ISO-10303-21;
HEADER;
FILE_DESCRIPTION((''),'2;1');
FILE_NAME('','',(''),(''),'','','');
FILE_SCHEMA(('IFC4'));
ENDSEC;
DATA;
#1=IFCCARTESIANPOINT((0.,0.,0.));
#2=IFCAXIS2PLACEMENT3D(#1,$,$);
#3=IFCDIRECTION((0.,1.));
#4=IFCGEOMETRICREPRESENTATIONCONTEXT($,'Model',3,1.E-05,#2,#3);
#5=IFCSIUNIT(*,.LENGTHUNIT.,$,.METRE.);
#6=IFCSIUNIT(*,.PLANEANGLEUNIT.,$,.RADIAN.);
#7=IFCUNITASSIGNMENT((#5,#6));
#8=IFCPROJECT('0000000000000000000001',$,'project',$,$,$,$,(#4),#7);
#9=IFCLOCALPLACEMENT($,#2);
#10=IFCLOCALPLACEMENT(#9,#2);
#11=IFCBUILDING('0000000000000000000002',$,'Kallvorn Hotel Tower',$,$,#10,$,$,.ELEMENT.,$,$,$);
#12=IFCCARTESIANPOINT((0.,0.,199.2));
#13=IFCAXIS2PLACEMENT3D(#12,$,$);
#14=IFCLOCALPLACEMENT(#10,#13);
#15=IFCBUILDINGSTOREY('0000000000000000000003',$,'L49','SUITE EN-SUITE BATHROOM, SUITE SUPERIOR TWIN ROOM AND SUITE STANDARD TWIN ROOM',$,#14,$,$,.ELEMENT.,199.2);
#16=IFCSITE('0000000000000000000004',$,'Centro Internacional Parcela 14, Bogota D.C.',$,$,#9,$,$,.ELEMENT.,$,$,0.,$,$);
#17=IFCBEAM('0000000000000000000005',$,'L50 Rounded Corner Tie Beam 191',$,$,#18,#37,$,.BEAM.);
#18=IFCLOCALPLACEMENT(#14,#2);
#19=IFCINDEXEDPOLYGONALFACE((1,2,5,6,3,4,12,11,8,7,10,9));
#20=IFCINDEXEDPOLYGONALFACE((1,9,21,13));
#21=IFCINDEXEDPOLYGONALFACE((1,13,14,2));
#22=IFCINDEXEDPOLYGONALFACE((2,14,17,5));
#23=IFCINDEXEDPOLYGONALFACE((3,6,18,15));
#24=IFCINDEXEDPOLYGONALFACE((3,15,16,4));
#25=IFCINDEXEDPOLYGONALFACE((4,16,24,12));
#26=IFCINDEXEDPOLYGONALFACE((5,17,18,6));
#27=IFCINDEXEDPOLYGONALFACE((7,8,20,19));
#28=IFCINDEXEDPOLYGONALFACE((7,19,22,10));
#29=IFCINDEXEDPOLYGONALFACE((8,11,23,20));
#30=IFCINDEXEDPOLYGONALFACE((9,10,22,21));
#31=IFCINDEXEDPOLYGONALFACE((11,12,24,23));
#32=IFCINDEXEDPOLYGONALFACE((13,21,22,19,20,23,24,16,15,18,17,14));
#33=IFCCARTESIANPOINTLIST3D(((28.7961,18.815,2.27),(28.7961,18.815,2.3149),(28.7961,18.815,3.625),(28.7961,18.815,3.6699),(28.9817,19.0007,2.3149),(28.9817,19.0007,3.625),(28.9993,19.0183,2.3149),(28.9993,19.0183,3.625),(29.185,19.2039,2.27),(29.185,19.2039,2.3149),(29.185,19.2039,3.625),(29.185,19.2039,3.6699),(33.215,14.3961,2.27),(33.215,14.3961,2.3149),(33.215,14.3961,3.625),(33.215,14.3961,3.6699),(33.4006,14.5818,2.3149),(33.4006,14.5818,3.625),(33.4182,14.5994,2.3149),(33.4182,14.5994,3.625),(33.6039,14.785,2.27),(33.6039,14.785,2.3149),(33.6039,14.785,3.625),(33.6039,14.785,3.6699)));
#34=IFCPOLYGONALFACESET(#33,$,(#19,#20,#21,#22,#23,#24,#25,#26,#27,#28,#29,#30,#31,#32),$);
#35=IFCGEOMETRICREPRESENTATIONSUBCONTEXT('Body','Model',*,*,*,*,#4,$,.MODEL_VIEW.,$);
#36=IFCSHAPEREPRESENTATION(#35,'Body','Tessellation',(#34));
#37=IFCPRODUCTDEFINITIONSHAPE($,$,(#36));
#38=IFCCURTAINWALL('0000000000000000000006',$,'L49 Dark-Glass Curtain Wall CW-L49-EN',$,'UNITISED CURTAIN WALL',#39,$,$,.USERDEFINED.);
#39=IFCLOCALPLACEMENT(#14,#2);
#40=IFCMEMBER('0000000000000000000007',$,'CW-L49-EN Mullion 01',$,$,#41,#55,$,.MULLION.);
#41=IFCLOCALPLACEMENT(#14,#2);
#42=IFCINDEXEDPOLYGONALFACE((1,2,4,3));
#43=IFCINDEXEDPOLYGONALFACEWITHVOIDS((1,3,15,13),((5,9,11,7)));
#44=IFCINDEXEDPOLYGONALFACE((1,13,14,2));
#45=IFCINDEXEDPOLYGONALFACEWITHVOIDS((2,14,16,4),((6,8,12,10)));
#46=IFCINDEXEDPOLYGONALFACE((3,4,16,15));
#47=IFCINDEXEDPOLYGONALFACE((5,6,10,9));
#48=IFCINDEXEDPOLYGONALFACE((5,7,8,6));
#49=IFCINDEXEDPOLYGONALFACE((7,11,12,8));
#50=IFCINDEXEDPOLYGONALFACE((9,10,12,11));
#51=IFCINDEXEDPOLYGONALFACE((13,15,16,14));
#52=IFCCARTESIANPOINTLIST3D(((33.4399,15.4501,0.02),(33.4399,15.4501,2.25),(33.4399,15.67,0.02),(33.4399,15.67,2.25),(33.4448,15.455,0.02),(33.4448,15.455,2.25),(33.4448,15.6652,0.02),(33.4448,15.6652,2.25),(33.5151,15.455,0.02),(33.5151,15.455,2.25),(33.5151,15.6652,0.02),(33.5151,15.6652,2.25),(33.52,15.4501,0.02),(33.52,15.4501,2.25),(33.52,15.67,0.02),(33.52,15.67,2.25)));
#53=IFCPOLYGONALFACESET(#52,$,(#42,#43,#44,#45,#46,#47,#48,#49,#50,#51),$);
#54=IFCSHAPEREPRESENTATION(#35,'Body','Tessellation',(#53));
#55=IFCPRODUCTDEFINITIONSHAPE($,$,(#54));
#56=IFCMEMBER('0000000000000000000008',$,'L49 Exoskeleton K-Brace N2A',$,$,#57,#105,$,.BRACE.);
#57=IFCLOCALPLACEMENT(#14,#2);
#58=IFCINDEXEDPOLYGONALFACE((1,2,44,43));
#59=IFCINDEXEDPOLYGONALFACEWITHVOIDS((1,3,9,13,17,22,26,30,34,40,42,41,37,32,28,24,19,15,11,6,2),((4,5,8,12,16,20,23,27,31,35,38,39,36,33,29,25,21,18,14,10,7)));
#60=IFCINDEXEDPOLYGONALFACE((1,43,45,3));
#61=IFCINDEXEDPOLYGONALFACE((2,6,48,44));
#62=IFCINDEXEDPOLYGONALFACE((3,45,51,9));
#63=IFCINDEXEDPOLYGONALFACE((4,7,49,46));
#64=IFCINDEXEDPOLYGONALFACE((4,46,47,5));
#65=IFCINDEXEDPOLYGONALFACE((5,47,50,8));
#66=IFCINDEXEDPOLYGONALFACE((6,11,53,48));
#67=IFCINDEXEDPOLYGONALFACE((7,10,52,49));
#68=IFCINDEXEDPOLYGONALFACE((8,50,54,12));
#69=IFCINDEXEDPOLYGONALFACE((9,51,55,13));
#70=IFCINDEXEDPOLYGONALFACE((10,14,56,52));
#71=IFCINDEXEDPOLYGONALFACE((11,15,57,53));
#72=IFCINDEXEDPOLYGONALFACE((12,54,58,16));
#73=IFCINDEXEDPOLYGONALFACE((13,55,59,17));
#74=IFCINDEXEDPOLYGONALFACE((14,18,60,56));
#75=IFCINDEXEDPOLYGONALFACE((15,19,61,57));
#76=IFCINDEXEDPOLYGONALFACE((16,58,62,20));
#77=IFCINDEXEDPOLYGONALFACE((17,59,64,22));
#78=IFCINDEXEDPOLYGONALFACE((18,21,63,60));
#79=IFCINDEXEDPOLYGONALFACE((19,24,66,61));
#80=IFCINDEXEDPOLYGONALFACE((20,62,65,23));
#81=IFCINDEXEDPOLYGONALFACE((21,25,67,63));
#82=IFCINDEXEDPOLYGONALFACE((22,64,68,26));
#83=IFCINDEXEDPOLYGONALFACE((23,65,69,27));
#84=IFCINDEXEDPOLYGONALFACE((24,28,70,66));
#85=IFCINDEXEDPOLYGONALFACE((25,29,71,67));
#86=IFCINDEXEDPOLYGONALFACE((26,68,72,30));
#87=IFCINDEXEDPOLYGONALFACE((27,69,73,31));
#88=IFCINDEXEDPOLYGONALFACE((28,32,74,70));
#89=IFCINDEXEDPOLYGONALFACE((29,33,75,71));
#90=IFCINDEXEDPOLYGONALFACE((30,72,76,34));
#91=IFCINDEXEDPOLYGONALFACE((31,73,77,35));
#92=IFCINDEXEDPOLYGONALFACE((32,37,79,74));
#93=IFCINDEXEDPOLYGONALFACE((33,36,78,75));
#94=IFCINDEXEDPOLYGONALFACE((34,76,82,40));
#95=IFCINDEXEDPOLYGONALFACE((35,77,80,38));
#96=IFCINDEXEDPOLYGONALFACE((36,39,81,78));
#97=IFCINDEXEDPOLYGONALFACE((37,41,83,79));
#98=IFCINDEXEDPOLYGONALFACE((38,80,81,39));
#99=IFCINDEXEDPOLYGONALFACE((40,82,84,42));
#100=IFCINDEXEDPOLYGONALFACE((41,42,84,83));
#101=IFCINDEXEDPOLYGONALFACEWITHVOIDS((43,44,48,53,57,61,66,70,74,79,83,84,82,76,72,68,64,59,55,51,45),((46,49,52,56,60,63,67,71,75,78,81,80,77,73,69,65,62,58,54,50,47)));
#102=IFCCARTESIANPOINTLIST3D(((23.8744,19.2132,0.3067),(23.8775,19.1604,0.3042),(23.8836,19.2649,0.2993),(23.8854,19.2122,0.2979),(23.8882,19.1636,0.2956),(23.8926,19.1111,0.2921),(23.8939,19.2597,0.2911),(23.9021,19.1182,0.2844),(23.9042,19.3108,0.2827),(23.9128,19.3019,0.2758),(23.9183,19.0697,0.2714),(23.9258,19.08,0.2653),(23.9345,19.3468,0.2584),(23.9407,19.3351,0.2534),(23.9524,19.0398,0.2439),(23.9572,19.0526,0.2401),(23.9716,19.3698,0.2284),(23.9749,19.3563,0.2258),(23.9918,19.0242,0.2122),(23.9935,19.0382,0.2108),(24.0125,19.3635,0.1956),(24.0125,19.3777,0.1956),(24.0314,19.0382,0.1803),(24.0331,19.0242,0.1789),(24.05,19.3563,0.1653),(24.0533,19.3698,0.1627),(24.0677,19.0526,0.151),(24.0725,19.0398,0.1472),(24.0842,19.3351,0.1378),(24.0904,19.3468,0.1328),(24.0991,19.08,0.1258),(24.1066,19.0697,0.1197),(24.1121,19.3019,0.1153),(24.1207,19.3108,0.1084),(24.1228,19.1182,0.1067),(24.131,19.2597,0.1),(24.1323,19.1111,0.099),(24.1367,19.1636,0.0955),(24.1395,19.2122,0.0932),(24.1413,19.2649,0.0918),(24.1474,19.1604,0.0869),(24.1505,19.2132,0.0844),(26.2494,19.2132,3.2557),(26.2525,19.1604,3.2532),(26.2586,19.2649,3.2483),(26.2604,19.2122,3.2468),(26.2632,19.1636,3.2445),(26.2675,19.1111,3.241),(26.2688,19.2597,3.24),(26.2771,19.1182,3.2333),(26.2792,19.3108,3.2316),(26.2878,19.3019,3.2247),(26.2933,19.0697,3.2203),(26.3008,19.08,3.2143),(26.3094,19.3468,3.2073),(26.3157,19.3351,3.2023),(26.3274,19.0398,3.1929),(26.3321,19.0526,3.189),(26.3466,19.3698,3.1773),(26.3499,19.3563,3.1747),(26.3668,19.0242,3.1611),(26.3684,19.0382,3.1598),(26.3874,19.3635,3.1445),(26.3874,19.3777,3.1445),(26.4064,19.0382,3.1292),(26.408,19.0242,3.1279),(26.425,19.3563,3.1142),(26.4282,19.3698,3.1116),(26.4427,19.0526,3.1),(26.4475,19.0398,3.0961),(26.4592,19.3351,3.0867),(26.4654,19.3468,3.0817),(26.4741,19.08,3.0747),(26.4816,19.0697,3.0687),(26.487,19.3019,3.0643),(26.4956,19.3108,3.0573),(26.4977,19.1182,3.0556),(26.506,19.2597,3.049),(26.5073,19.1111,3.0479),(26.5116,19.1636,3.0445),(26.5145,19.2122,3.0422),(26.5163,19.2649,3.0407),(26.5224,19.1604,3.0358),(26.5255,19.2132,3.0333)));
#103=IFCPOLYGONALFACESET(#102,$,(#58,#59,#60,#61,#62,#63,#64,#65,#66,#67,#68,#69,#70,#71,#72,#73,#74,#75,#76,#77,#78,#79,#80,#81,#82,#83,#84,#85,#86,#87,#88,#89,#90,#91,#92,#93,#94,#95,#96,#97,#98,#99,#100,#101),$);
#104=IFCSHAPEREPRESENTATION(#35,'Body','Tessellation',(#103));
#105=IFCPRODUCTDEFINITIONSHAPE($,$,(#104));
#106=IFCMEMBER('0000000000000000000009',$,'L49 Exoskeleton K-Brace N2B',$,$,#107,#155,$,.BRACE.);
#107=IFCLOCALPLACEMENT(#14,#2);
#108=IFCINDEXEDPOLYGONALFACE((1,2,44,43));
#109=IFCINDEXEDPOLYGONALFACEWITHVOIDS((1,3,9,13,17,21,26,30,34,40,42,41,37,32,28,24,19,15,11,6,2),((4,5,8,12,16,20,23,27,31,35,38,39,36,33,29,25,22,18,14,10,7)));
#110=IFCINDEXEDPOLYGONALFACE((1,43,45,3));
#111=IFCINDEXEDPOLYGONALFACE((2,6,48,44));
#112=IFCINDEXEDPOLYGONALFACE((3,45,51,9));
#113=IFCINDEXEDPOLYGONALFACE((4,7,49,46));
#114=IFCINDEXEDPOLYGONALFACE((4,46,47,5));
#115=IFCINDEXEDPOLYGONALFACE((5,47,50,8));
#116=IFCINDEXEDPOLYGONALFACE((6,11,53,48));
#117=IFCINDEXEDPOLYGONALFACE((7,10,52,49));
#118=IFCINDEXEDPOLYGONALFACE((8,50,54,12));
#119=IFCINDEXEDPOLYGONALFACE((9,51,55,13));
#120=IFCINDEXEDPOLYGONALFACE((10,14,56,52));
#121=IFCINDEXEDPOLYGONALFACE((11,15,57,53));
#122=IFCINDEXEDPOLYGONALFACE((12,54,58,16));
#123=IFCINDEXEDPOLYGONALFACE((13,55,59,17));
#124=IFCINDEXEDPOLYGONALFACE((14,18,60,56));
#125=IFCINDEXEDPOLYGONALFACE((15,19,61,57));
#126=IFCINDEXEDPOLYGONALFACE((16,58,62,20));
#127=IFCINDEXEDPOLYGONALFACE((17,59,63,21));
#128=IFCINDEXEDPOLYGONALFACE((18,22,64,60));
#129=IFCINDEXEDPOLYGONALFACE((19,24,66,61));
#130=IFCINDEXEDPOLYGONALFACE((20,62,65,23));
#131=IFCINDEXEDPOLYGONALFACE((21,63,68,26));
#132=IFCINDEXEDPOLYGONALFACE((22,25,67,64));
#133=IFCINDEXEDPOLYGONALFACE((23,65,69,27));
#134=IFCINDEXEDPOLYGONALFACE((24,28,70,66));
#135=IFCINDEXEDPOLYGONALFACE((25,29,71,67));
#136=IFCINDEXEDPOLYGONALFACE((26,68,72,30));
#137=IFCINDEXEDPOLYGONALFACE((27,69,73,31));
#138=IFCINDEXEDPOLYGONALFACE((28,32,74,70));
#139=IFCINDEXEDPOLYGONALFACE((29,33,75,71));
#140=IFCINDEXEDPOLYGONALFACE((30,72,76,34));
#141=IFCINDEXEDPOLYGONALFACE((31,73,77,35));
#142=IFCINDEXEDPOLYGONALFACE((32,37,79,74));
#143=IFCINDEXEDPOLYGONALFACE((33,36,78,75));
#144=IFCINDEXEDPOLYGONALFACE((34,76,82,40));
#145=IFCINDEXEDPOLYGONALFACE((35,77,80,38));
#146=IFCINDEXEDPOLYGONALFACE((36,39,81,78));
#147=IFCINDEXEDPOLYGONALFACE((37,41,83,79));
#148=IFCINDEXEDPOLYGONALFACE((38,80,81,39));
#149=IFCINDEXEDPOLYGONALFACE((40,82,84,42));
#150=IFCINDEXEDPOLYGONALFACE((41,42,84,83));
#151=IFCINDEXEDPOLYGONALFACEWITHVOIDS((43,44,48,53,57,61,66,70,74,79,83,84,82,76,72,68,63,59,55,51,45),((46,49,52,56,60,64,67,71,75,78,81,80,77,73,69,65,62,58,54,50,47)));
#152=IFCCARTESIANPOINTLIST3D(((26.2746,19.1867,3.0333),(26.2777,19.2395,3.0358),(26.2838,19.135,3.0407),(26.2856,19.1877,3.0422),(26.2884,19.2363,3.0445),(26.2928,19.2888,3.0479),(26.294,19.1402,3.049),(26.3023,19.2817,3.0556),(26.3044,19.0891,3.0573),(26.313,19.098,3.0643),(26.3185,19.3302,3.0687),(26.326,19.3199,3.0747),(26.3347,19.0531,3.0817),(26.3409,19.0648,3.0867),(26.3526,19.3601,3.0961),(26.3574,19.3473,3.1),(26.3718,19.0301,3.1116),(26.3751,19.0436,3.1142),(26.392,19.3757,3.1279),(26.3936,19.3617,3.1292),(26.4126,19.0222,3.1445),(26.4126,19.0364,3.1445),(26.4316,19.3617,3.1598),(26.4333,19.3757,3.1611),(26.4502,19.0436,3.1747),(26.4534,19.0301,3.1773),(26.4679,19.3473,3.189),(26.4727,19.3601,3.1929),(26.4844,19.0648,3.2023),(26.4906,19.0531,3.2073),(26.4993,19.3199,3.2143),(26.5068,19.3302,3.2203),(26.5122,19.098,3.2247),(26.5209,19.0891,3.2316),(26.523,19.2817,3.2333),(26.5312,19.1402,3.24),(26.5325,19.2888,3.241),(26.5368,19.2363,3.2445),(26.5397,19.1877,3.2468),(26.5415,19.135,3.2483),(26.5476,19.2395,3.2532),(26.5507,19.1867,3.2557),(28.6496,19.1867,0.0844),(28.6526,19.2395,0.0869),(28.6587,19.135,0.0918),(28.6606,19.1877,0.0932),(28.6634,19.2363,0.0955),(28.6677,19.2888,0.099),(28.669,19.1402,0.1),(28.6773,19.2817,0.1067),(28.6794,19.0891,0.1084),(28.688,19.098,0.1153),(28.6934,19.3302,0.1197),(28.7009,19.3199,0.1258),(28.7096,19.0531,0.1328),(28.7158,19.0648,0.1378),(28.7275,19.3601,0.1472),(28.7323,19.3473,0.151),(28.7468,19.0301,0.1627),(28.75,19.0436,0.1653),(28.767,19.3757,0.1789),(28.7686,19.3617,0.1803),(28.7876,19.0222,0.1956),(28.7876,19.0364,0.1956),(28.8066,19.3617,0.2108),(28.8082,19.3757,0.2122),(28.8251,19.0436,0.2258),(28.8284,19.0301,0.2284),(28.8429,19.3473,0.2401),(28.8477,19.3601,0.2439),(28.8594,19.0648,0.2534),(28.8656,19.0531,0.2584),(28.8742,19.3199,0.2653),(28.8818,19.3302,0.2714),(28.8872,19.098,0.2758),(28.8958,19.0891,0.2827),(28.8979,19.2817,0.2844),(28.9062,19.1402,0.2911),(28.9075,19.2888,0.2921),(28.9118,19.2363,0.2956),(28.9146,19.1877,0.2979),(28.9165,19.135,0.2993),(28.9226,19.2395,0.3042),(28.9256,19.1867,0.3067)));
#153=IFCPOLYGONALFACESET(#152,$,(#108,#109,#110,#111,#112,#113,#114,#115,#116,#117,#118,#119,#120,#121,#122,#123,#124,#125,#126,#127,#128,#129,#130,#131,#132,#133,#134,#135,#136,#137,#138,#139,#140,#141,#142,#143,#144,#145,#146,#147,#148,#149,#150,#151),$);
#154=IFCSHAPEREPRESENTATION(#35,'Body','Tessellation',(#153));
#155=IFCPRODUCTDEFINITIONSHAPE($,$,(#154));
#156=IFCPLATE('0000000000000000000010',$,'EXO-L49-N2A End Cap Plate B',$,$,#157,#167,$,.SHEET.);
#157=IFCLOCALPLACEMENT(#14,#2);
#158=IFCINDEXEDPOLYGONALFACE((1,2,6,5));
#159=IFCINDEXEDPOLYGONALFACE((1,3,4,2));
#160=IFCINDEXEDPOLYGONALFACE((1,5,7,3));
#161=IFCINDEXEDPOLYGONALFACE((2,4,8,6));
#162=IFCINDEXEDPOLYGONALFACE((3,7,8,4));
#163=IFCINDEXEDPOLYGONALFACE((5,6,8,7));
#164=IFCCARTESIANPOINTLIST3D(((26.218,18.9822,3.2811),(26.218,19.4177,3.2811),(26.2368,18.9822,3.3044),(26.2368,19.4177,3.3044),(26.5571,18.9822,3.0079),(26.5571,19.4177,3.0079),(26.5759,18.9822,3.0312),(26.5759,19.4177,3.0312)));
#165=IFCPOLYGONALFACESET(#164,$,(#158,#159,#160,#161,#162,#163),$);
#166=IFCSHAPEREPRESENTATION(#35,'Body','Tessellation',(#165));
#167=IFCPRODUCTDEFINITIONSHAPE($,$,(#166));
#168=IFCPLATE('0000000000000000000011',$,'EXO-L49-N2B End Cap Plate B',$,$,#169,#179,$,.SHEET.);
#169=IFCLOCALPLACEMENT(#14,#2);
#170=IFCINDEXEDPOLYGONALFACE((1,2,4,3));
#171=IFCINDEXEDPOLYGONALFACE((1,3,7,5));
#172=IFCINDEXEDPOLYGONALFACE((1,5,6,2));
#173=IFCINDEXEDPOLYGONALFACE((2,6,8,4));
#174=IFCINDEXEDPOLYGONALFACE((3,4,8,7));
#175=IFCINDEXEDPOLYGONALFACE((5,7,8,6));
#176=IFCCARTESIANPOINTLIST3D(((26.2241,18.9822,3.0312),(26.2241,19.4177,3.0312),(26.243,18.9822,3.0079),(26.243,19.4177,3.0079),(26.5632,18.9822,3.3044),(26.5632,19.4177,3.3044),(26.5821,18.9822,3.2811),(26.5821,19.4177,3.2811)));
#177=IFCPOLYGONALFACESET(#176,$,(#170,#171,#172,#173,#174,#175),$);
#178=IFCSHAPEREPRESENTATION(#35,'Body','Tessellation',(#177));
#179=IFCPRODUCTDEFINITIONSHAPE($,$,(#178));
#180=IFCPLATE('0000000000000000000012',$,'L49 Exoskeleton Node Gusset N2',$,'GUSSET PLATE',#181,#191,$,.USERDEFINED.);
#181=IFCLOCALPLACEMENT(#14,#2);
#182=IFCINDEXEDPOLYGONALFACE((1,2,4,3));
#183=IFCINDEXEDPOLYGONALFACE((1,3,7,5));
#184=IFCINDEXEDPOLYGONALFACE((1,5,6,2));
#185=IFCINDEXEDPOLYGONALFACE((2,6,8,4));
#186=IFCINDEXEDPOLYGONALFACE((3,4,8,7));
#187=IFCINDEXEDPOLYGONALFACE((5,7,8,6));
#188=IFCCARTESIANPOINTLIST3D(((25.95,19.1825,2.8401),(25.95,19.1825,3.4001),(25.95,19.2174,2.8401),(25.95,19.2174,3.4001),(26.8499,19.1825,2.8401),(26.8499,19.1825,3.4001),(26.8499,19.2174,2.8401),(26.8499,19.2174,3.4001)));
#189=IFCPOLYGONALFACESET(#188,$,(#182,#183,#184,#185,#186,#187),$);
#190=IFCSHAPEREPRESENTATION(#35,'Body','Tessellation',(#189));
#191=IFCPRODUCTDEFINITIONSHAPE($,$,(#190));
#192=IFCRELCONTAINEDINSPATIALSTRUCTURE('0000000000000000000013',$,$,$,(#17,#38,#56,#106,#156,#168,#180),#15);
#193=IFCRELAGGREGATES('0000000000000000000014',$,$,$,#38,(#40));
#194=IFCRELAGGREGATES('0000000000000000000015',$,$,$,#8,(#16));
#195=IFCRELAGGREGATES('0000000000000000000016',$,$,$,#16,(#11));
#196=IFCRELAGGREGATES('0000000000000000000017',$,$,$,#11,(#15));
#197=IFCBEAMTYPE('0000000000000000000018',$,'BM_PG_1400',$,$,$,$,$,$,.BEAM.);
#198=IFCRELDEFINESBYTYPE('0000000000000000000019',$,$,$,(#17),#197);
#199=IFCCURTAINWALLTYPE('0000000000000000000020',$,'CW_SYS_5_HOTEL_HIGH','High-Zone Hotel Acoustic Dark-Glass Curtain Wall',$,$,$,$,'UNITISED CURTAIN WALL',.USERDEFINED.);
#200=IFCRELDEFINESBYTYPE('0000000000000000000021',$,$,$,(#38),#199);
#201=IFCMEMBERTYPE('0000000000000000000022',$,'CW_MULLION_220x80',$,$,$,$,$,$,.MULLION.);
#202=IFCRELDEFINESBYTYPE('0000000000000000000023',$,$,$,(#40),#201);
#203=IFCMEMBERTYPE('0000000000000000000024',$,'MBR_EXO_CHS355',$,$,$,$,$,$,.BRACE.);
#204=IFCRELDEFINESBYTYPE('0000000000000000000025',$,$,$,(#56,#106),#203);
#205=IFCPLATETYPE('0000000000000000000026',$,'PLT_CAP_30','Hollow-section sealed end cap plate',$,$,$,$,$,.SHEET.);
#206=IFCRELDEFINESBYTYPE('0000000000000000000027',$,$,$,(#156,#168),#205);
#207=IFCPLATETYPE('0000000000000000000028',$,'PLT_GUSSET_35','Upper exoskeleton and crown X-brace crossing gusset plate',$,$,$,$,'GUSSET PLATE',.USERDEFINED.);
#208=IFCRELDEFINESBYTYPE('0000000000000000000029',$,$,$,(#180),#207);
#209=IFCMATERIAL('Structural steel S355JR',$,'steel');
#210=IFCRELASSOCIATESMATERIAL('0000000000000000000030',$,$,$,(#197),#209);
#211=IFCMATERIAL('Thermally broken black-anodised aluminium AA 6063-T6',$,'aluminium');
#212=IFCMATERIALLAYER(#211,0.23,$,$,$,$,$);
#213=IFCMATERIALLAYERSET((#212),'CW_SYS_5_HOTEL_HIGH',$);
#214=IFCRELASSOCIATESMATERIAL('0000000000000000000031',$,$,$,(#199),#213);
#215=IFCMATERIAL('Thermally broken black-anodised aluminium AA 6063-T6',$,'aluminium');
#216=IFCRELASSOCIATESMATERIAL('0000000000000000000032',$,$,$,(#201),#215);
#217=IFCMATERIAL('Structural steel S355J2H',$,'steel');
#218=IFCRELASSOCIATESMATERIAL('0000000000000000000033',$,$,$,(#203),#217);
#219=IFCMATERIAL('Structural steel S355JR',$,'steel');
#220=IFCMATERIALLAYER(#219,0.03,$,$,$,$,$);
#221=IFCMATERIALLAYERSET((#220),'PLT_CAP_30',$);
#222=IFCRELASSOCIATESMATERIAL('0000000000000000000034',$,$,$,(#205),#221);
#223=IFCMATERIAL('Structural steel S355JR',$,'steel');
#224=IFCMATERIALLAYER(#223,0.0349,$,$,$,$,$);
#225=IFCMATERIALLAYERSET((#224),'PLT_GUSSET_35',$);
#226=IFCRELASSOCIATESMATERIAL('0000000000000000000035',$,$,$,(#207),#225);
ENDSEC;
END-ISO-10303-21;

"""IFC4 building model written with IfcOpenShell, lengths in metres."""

from ifc_helpers import new_model, si_unit, direction, frame, origin, origin_2d, place, context, subcontext, project, spatial, polyline, rectangle, hollow_rectangle, hollow_circle, i_section, outline, extrude, material, layer, layer_set, material_profile, profile_set, type_object, element, aggregate, save


model = new_model("IFC4")

# Units and contexts
model_context = context("Model", 3, precision=1e-05, world=origin(), true_north=direction((0.0, 1.0)))
body_context = subcontext(model_context, "Body", "Model", "MODEL_VIEW")
ifc_project = project(units=[si_unit("LENGTHUNIT", "METRE"), si_unit("PLANEANGLEUNIT", "RADIAN")], contexts=[model_context])

# Site, building, storey
site_placement = place(None, origin())
site = spatial("IfcSite", under=ifc_project, at=site_placement, Name="Centro Internacional Parcela 14, Bogota D.C.", CompositionType="ELEMENT", RefElevation=0.0)
building_placement = place(site_placement, origin())
building = spatial("IfcBuilding", under=site, at=building_placement, Name="Kallvorn Hotel Tower", CompositionType="ELEMENT")
storey_placement = place(building_placement, frame((0.0, 0.0, 199.2)))
storey = spatial("IfcBuildingStorey", under=building, at=storey_placement, Name="L49", Description="SUITE EN-SUITE BATHROOM, SUITE SUPERIOR TWIN ROOM AND SUITE STANDARD TWIN ROOM", CompositionType="ELEMENT", Elevation=199.2)

# Beam
ifc_material_1 = material(Name="Structural steel S355JR", Category="steel")
ifc_material_profile_1 = material_profile(ifc_material_1, i_section(OverallWidth=0.55, OverallDepth=1.3999, WebThickness=0.0249, FlangeThickness=0.0449, at=origin_2d()), Name="PG 1400x550x25x45")
ifc_profile_set_1 = profile_set([ifc_material_profile_1], Name="Structural steel S355JR")
beam_type_1 = type_object("IfcBeamType", Name="BM_PG_1400", PredefinedType="BEAM", material=ifc_profile_set_1)
beam_1_placement = place(storey_placement, frame((33.4094, 14.5906, 2.97), z_axis=(-0.707107, 0.707107, 0.0), x_axis=(-0.707107, -0.707107, 0.0)))
element("IfcBeam", 1, at=beam_1_placement, inside=storey, type_object=beam_type_1, Name="L50 Rounded Corner Tie Beam 191", PredefinedType="BEAM", context=body_context, shape_type="SweptSolid", body=[
    extrude(i_section(OverallWidth=0.55, OverallDepth=1.3999, WebThickness=0.0249, FlangeThickness=0.0449, at=origin_2d()), origin(), (0.0, 0.0, 1.0), 6.2493),
])

# Curtain wall, member
ifc_material_2 = material(Name="Thermally broken black-anodised aluminium AA 6063-T6", Category="aluminium")
ifc_layer_1 = layer(ifc_material_2, 0.23)
ifc_layer_set_1 = layer_set([ifc_layer_1], Name="CW_SYS_5_HOTEL_HIGH")
curtain_wall_type = type_object("IfcCurtainWallType", Name="CW_SYS_5_HOTEL_HIGH", Description="High-Zone Hotel Acoustic Dark-Glass Curtain Wall", ElementType="UNITISED CURTAIN WALL", PredefinedType="USERDEFINED", material=ifc_layer_set_1)
curtain_wall_placement = place(storey_placement, origin())
curtain_wall = element("IfcCurtainWall", 2, at=curtain_wall_placement, inside=storey, type_object=curtain_wall_type, Name="L49 Dark-Glass Curtain Wall CW-L49-EN", ObjectType="UNITISED CURTAIN WALL", PredefinedType="USERDEFINED")
ifc_material_3 = material(Name="Thermally broken black-anodised aluminium AA 6063-T6", Category="aluminium")
ifc_material_profile_2 = material_profile(ifc_material_3, hollow_rectangle(XDim=0.0801, YDim=0.22, WallThickness=0.0049, at=origin_2d()), Name="MUL 220x80")
ifc_profile_set_2 = profile_set([ifc_material_profile_2], Name="Thermally broken black-anodised aluminium AA 6063-T6")
member_type_1 = type_object("IfcMemberType", Name="CW_MULLION_220x80", PredefinedType="MULLION", material=ifc_profile_set_2)
member_placement = place(storey_placement, frame((33.48, 15.5601, 0.02), z_axis=(0.0, 0.0, 1.0), x_axis=(1.0, 0.0, 0.0)))
member = element("IfcMember", 3, at=member_placement, type_object=member_type_1, Name="CW-L49-EN Mullion 01", PredefinedType="MULLION", context=body_context, shape_type="SweptSolid", body=[
    extrude(hollow_rectangle(XDim=0.0801, YDim=0.22, WallThickness=0.0049, at=origin_2d()), origin(), (0.0, 0.0, 1.0), 2.23),
])
aggregate(curtain_wall, [member])

# Members
ifc_material_4 = material(Name="Structural steel S355J2H", Category="steel")
ifc_material_profile_3 = material_profile(ifc_material_4, hollow_circle(Radius=0.1777, WallThickness=0.0142, at=origin_2d()), Name="CHS 355.6x14.2")
ifc_profile_set_3 = profile_set([ifc_material_profile_3], Name="Structural steel S355J2H")
member_type_2 = type_object("IfcMemberType", Name="MBR_EXO_CHS355", PredefinedType="BRACE", material=ifc_profile_set_3)
for number, where, z_axis, x_axis, name in (
    (4, (24.0125, 19.2, 0.1956), (0.627239, 0.0, 0.778827), (0.0, 1.0, 0.0), "L49 Exoskeleton K-Brace N2A"),
    (5, (28.7876, 19.2, 0.1956), (-0.627239, 0.0, 0.778827), (0.0, -1.0, 0.0), "L49 Exoskeleton K-Brace N2B"),
):
    element("IfcMember", number, at=place(storey_placement, frame(where, z_axis=z_axis, x_axis=x_axis)), inside=storey, type_object=member_type_2, Name=name, PredefinedType="BRACE", context=body_context, shape_type="SweptSolid", body=[
        extrude(hollow_circle(Radius=0.1777, WallThickness=0.0142, at=origin_2d()), origin(), (0.0, 0.0, 1.0), 3.7864),
    ])

# Plates
ifc_material_5 = material(Name="Structural steel S355JR", Category="steel")
ifc_layer_2 = layer(ifc_material_5, 0.03)
ifc_layer_set_2 = layer_set([ifc_layer_2], Name="PLT_CAP_30")
plate_type_1 = type_object("IfcPlateType", Name="PLT_CAP_30", Description="Hollow-section sealed end cap plate", PredefinedType="SHEET", material=ifc_layer_set_2)
for number, where, z_axis, x_axis, name in (
    (6, (26.5759, 18.9822, 3.0312), (0.627358, 0.0, 0.778731), (0.0, 1.0, 0.0), "EXO-L49-N2A End Cap Plate B"),
    (7, (26.2241, 19.4177, 3.0312), (-0.627358, 0.0, 0.778731), (0.0, -1.0, 0.0), "EXO-L49-N2B End Cap Plate B"),
):
    element("IfcPlate", number, at=place(storey_placement, frame(where, z_axis=z_axis, x_axis=x_axis)), inside=storey, type_object=plate_type_1, Name=name, PredefinedType="SHEET", context=body_context, shape_type="SweptSolid", body=[
        extrude(outline(polyline([(0.0, 0.0), (0.4355, 0.0), (0.4355, 0.4355), (0.0, 0.4355), (0.0, 0.0)])), origin(), (0.0, 0.0, -1.0), 0.03),
    ])
ifc_material_6 = material(Name="Structural steel S355JR", Category="steel")
ifc_layer_3 = layer(ifc_material_6, 0.0349)
ifc_layer_set_3 = layer_set([ifc_layer_3], Name="PLT_GUSSET_35")
plate_type_2 = type_object("IfcPlateType", Name="PLT_GUSSET_35", Description="Upper exoskeleton and crown X-brace crossing gusset plate", ElementType="GUSSET PLATE", PredefinedType="USERDEFINED", material=ifc_layer_set_3)
plate_placement = place(storey_placement, frame((26.3999, 19.2, 2.8401), z_axis=(0.0, 0.0, 1.0), x_axis=(1.0, 0.0, 0.0)))
element("IfcPlate", 8, at=plate_placement, inside=storey, type_object=plate_type_2, Name="L49 Exoskeleton Node Gusset N2", ObjectType="GUSSET PLATE", PredefinedType="USERDEFINED", context=body_context, shape_type="SweptSolid", body=[
    extrude(rectangle(XDim=0.8999, YDim=0.0349, at=origin_2d()), origin(), (0.0, 0.0, 1.0), 0.5601),
])

save(model, "model.ifc")
